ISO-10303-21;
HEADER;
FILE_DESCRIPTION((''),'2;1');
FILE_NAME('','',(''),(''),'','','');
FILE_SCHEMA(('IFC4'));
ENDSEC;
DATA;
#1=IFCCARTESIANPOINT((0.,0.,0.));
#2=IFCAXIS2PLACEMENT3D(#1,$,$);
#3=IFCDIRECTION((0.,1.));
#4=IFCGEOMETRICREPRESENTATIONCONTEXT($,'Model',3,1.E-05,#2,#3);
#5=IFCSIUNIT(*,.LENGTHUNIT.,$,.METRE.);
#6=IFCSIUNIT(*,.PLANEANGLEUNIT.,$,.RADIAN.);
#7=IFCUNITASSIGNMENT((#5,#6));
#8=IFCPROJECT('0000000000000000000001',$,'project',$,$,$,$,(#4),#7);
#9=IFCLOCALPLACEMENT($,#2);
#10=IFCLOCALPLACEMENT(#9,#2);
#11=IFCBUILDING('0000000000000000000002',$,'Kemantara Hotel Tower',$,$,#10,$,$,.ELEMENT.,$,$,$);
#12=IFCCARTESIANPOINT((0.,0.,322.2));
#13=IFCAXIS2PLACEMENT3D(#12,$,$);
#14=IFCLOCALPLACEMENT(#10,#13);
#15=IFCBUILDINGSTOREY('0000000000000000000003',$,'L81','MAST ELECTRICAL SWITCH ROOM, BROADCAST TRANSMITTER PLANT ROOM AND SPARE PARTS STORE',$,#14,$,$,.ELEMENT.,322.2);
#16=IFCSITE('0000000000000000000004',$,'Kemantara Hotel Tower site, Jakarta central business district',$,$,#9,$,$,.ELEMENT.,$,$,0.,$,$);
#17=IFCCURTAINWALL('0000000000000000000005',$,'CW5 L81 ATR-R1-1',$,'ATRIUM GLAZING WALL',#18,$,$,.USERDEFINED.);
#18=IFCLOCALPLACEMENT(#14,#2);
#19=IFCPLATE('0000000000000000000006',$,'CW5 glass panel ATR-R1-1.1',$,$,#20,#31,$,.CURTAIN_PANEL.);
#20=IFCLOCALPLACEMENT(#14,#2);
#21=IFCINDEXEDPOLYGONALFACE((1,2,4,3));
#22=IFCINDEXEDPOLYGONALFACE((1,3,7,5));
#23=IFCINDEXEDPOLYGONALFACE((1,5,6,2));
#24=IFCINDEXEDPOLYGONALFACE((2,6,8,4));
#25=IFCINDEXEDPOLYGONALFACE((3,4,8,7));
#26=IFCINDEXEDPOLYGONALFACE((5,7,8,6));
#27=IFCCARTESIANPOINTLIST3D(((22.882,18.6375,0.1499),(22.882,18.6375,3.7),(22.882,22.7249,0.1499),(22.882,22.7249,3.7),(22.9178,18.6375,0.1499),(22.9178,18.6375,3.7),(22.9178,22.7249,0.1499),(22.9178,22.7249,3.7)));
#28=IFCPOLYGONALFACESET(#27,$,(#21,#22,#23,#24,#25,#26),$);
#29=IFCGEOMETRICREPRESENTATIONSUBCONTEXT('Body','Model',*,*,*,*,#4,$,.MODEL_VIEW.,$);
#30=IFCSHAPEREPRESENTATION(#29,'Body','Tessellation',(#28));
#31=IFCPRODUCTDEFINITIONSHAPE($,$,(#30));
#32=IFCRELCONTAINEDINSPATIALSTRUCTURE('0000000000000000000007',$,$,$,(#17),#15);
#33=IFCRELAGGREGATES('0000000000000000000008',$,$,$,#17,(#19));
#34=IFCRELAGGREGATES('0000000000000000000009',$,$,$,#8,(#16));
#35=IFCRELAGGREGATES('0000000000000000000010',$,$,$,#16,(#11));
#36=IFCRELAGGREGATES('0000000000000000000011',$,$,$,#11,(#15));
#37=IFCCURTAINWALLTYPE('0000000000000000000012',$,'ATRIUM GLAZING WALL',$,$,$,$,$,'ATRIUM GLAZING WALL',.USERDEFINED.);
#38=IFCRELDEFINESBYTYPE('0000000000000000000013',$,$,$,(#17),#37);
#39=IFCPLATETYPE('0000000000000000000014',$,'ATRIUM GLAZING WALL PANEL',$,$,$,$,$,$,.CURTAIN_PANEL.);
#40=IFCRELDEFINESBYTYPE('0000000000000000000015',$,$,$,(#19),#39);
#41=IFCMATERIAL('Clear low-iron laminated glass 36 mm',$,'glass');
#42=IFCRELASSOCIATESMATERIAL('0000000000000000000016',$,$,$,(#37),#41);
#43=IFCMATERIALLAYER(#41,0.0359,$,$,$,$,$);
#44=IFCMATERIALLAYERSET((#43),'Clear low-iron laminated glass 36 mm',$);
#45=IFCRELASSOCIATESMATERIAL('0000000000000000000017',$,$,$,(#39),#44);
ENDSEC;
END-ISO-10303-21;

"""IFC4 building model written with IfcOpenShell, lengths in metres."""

from ifc_helpers import new_model, si_unit, direction, frame, origin, origin_2d, place, context, subcontext, project, spatial, rectangle, extrude, source, transform, mapped, material, layer, layer_set, type_object, element, aggregate, save


model = new_model("IFC4")

# Units and contexts
model_context = context("Model", 3, precision=1e-05, world=origin(), true_north=direction((0.0, 1.0)))
body_context = subcontext(model_context, "Body", "Model", "MODEL_VIEW")
ifc_project = project(units=[si_unit("LENGTHUNIT", "METRE"), si_unit("PLANEANGLEUNIT", "RADIAN")], contexts=[model_context])

# Site, building, storey
site_placement = place(None, origin())
site = spatial("IfcSite", under=ifc_project, at=site_placement, Name="Kemantara Hotel Tower site, Jakarta central business district", CompositionType="ELEMENT", RefElevation=0.0)
building_placement = place(site_placement, origin())
building = spatial("IfcBuilding", under=site, at=building_placement, Name="Kemantara Hotel Tower", CompositionType="ELEMENT")
storey_placement = place(building_placement, frame((0.0, 0.0, 322.2)))
storey = spatial("IfcBuildingStorey", under=building, at=storey_placement, Name="L81", Description="MAST ELECTRICAL SWITCH ROOM, BROADCAST TRANSMITTER PLANT ROOM AND SPARE PARTS STORE", CompositionType="ELEMENT", Elevation=322.2)

# Curtain wall
ifc_material_1 = material(Name="Clear low-iron laminated glass 36 mm", Category="glass")
curtain_wall_type_1 = type_object("IfcCurtainWallType", Name="ATRIUM GLAZING WALL", ElementType="ATRIUM GLAZING WALL", PredefinedType="USERDEFINED", material=ifc_material_1)
curtain_wall_1_placement = place(storey_placement, origin())
curtain_wall_1 = element("IfcCurtainWall", 1, at=curtain_wall_1_placement, inside=storey, type_object=curtain_wall_type_1, Name="CW5 L81 ATR-R1-1", ObjectType="ATRIUM GLAZING WALL", PredefinedType="USERDEFINED")

# Plate
ifc_layer_1 = layer(ifc_material_1, 0.0359)
ifc_layer_set_1 = layer_set([ifc_layer_1], Name="Clear low-iron laminated glass 36 mm")
plate_type_1 = type_object("IfcPlateType", Name="ATRIUM GLAZING WALL PANEL", PredefinedType="CURTAIN_PANEL", material=ifc_layer_set_1)
shared_shape_1 = source(origin(), body_context, "Body", "SweptSolid", [
    extrude(rectangle(XDim=4.0874, YDim=0.0359, at=origin_2d()), origin(), (0.0, 0.0, 1.0), 3.55),
])
plate_1_placement = place(storey_placement, frame((22.8999, 20.6812, 0.1499), z_axis=(0.0, 0.0, 1.0), x_axis=(0.0, -1.0, 0.0)))
plate_1 = element("IfcPlate", 2, at=plate_1_placement, type_object=plate_type_1, Name="CW5 glass panel ATR-R1-1.1", PredefinedType="CURTAIN_PANEL", context=body_context, shape_type="MappedRepresentation", body=[
    mapped(shared_shape_1, transform((0.0, 0.0, 0.0))),
])
aggregate(curtain_wall_1, [plate_1])

save(model, "model.ifc")
